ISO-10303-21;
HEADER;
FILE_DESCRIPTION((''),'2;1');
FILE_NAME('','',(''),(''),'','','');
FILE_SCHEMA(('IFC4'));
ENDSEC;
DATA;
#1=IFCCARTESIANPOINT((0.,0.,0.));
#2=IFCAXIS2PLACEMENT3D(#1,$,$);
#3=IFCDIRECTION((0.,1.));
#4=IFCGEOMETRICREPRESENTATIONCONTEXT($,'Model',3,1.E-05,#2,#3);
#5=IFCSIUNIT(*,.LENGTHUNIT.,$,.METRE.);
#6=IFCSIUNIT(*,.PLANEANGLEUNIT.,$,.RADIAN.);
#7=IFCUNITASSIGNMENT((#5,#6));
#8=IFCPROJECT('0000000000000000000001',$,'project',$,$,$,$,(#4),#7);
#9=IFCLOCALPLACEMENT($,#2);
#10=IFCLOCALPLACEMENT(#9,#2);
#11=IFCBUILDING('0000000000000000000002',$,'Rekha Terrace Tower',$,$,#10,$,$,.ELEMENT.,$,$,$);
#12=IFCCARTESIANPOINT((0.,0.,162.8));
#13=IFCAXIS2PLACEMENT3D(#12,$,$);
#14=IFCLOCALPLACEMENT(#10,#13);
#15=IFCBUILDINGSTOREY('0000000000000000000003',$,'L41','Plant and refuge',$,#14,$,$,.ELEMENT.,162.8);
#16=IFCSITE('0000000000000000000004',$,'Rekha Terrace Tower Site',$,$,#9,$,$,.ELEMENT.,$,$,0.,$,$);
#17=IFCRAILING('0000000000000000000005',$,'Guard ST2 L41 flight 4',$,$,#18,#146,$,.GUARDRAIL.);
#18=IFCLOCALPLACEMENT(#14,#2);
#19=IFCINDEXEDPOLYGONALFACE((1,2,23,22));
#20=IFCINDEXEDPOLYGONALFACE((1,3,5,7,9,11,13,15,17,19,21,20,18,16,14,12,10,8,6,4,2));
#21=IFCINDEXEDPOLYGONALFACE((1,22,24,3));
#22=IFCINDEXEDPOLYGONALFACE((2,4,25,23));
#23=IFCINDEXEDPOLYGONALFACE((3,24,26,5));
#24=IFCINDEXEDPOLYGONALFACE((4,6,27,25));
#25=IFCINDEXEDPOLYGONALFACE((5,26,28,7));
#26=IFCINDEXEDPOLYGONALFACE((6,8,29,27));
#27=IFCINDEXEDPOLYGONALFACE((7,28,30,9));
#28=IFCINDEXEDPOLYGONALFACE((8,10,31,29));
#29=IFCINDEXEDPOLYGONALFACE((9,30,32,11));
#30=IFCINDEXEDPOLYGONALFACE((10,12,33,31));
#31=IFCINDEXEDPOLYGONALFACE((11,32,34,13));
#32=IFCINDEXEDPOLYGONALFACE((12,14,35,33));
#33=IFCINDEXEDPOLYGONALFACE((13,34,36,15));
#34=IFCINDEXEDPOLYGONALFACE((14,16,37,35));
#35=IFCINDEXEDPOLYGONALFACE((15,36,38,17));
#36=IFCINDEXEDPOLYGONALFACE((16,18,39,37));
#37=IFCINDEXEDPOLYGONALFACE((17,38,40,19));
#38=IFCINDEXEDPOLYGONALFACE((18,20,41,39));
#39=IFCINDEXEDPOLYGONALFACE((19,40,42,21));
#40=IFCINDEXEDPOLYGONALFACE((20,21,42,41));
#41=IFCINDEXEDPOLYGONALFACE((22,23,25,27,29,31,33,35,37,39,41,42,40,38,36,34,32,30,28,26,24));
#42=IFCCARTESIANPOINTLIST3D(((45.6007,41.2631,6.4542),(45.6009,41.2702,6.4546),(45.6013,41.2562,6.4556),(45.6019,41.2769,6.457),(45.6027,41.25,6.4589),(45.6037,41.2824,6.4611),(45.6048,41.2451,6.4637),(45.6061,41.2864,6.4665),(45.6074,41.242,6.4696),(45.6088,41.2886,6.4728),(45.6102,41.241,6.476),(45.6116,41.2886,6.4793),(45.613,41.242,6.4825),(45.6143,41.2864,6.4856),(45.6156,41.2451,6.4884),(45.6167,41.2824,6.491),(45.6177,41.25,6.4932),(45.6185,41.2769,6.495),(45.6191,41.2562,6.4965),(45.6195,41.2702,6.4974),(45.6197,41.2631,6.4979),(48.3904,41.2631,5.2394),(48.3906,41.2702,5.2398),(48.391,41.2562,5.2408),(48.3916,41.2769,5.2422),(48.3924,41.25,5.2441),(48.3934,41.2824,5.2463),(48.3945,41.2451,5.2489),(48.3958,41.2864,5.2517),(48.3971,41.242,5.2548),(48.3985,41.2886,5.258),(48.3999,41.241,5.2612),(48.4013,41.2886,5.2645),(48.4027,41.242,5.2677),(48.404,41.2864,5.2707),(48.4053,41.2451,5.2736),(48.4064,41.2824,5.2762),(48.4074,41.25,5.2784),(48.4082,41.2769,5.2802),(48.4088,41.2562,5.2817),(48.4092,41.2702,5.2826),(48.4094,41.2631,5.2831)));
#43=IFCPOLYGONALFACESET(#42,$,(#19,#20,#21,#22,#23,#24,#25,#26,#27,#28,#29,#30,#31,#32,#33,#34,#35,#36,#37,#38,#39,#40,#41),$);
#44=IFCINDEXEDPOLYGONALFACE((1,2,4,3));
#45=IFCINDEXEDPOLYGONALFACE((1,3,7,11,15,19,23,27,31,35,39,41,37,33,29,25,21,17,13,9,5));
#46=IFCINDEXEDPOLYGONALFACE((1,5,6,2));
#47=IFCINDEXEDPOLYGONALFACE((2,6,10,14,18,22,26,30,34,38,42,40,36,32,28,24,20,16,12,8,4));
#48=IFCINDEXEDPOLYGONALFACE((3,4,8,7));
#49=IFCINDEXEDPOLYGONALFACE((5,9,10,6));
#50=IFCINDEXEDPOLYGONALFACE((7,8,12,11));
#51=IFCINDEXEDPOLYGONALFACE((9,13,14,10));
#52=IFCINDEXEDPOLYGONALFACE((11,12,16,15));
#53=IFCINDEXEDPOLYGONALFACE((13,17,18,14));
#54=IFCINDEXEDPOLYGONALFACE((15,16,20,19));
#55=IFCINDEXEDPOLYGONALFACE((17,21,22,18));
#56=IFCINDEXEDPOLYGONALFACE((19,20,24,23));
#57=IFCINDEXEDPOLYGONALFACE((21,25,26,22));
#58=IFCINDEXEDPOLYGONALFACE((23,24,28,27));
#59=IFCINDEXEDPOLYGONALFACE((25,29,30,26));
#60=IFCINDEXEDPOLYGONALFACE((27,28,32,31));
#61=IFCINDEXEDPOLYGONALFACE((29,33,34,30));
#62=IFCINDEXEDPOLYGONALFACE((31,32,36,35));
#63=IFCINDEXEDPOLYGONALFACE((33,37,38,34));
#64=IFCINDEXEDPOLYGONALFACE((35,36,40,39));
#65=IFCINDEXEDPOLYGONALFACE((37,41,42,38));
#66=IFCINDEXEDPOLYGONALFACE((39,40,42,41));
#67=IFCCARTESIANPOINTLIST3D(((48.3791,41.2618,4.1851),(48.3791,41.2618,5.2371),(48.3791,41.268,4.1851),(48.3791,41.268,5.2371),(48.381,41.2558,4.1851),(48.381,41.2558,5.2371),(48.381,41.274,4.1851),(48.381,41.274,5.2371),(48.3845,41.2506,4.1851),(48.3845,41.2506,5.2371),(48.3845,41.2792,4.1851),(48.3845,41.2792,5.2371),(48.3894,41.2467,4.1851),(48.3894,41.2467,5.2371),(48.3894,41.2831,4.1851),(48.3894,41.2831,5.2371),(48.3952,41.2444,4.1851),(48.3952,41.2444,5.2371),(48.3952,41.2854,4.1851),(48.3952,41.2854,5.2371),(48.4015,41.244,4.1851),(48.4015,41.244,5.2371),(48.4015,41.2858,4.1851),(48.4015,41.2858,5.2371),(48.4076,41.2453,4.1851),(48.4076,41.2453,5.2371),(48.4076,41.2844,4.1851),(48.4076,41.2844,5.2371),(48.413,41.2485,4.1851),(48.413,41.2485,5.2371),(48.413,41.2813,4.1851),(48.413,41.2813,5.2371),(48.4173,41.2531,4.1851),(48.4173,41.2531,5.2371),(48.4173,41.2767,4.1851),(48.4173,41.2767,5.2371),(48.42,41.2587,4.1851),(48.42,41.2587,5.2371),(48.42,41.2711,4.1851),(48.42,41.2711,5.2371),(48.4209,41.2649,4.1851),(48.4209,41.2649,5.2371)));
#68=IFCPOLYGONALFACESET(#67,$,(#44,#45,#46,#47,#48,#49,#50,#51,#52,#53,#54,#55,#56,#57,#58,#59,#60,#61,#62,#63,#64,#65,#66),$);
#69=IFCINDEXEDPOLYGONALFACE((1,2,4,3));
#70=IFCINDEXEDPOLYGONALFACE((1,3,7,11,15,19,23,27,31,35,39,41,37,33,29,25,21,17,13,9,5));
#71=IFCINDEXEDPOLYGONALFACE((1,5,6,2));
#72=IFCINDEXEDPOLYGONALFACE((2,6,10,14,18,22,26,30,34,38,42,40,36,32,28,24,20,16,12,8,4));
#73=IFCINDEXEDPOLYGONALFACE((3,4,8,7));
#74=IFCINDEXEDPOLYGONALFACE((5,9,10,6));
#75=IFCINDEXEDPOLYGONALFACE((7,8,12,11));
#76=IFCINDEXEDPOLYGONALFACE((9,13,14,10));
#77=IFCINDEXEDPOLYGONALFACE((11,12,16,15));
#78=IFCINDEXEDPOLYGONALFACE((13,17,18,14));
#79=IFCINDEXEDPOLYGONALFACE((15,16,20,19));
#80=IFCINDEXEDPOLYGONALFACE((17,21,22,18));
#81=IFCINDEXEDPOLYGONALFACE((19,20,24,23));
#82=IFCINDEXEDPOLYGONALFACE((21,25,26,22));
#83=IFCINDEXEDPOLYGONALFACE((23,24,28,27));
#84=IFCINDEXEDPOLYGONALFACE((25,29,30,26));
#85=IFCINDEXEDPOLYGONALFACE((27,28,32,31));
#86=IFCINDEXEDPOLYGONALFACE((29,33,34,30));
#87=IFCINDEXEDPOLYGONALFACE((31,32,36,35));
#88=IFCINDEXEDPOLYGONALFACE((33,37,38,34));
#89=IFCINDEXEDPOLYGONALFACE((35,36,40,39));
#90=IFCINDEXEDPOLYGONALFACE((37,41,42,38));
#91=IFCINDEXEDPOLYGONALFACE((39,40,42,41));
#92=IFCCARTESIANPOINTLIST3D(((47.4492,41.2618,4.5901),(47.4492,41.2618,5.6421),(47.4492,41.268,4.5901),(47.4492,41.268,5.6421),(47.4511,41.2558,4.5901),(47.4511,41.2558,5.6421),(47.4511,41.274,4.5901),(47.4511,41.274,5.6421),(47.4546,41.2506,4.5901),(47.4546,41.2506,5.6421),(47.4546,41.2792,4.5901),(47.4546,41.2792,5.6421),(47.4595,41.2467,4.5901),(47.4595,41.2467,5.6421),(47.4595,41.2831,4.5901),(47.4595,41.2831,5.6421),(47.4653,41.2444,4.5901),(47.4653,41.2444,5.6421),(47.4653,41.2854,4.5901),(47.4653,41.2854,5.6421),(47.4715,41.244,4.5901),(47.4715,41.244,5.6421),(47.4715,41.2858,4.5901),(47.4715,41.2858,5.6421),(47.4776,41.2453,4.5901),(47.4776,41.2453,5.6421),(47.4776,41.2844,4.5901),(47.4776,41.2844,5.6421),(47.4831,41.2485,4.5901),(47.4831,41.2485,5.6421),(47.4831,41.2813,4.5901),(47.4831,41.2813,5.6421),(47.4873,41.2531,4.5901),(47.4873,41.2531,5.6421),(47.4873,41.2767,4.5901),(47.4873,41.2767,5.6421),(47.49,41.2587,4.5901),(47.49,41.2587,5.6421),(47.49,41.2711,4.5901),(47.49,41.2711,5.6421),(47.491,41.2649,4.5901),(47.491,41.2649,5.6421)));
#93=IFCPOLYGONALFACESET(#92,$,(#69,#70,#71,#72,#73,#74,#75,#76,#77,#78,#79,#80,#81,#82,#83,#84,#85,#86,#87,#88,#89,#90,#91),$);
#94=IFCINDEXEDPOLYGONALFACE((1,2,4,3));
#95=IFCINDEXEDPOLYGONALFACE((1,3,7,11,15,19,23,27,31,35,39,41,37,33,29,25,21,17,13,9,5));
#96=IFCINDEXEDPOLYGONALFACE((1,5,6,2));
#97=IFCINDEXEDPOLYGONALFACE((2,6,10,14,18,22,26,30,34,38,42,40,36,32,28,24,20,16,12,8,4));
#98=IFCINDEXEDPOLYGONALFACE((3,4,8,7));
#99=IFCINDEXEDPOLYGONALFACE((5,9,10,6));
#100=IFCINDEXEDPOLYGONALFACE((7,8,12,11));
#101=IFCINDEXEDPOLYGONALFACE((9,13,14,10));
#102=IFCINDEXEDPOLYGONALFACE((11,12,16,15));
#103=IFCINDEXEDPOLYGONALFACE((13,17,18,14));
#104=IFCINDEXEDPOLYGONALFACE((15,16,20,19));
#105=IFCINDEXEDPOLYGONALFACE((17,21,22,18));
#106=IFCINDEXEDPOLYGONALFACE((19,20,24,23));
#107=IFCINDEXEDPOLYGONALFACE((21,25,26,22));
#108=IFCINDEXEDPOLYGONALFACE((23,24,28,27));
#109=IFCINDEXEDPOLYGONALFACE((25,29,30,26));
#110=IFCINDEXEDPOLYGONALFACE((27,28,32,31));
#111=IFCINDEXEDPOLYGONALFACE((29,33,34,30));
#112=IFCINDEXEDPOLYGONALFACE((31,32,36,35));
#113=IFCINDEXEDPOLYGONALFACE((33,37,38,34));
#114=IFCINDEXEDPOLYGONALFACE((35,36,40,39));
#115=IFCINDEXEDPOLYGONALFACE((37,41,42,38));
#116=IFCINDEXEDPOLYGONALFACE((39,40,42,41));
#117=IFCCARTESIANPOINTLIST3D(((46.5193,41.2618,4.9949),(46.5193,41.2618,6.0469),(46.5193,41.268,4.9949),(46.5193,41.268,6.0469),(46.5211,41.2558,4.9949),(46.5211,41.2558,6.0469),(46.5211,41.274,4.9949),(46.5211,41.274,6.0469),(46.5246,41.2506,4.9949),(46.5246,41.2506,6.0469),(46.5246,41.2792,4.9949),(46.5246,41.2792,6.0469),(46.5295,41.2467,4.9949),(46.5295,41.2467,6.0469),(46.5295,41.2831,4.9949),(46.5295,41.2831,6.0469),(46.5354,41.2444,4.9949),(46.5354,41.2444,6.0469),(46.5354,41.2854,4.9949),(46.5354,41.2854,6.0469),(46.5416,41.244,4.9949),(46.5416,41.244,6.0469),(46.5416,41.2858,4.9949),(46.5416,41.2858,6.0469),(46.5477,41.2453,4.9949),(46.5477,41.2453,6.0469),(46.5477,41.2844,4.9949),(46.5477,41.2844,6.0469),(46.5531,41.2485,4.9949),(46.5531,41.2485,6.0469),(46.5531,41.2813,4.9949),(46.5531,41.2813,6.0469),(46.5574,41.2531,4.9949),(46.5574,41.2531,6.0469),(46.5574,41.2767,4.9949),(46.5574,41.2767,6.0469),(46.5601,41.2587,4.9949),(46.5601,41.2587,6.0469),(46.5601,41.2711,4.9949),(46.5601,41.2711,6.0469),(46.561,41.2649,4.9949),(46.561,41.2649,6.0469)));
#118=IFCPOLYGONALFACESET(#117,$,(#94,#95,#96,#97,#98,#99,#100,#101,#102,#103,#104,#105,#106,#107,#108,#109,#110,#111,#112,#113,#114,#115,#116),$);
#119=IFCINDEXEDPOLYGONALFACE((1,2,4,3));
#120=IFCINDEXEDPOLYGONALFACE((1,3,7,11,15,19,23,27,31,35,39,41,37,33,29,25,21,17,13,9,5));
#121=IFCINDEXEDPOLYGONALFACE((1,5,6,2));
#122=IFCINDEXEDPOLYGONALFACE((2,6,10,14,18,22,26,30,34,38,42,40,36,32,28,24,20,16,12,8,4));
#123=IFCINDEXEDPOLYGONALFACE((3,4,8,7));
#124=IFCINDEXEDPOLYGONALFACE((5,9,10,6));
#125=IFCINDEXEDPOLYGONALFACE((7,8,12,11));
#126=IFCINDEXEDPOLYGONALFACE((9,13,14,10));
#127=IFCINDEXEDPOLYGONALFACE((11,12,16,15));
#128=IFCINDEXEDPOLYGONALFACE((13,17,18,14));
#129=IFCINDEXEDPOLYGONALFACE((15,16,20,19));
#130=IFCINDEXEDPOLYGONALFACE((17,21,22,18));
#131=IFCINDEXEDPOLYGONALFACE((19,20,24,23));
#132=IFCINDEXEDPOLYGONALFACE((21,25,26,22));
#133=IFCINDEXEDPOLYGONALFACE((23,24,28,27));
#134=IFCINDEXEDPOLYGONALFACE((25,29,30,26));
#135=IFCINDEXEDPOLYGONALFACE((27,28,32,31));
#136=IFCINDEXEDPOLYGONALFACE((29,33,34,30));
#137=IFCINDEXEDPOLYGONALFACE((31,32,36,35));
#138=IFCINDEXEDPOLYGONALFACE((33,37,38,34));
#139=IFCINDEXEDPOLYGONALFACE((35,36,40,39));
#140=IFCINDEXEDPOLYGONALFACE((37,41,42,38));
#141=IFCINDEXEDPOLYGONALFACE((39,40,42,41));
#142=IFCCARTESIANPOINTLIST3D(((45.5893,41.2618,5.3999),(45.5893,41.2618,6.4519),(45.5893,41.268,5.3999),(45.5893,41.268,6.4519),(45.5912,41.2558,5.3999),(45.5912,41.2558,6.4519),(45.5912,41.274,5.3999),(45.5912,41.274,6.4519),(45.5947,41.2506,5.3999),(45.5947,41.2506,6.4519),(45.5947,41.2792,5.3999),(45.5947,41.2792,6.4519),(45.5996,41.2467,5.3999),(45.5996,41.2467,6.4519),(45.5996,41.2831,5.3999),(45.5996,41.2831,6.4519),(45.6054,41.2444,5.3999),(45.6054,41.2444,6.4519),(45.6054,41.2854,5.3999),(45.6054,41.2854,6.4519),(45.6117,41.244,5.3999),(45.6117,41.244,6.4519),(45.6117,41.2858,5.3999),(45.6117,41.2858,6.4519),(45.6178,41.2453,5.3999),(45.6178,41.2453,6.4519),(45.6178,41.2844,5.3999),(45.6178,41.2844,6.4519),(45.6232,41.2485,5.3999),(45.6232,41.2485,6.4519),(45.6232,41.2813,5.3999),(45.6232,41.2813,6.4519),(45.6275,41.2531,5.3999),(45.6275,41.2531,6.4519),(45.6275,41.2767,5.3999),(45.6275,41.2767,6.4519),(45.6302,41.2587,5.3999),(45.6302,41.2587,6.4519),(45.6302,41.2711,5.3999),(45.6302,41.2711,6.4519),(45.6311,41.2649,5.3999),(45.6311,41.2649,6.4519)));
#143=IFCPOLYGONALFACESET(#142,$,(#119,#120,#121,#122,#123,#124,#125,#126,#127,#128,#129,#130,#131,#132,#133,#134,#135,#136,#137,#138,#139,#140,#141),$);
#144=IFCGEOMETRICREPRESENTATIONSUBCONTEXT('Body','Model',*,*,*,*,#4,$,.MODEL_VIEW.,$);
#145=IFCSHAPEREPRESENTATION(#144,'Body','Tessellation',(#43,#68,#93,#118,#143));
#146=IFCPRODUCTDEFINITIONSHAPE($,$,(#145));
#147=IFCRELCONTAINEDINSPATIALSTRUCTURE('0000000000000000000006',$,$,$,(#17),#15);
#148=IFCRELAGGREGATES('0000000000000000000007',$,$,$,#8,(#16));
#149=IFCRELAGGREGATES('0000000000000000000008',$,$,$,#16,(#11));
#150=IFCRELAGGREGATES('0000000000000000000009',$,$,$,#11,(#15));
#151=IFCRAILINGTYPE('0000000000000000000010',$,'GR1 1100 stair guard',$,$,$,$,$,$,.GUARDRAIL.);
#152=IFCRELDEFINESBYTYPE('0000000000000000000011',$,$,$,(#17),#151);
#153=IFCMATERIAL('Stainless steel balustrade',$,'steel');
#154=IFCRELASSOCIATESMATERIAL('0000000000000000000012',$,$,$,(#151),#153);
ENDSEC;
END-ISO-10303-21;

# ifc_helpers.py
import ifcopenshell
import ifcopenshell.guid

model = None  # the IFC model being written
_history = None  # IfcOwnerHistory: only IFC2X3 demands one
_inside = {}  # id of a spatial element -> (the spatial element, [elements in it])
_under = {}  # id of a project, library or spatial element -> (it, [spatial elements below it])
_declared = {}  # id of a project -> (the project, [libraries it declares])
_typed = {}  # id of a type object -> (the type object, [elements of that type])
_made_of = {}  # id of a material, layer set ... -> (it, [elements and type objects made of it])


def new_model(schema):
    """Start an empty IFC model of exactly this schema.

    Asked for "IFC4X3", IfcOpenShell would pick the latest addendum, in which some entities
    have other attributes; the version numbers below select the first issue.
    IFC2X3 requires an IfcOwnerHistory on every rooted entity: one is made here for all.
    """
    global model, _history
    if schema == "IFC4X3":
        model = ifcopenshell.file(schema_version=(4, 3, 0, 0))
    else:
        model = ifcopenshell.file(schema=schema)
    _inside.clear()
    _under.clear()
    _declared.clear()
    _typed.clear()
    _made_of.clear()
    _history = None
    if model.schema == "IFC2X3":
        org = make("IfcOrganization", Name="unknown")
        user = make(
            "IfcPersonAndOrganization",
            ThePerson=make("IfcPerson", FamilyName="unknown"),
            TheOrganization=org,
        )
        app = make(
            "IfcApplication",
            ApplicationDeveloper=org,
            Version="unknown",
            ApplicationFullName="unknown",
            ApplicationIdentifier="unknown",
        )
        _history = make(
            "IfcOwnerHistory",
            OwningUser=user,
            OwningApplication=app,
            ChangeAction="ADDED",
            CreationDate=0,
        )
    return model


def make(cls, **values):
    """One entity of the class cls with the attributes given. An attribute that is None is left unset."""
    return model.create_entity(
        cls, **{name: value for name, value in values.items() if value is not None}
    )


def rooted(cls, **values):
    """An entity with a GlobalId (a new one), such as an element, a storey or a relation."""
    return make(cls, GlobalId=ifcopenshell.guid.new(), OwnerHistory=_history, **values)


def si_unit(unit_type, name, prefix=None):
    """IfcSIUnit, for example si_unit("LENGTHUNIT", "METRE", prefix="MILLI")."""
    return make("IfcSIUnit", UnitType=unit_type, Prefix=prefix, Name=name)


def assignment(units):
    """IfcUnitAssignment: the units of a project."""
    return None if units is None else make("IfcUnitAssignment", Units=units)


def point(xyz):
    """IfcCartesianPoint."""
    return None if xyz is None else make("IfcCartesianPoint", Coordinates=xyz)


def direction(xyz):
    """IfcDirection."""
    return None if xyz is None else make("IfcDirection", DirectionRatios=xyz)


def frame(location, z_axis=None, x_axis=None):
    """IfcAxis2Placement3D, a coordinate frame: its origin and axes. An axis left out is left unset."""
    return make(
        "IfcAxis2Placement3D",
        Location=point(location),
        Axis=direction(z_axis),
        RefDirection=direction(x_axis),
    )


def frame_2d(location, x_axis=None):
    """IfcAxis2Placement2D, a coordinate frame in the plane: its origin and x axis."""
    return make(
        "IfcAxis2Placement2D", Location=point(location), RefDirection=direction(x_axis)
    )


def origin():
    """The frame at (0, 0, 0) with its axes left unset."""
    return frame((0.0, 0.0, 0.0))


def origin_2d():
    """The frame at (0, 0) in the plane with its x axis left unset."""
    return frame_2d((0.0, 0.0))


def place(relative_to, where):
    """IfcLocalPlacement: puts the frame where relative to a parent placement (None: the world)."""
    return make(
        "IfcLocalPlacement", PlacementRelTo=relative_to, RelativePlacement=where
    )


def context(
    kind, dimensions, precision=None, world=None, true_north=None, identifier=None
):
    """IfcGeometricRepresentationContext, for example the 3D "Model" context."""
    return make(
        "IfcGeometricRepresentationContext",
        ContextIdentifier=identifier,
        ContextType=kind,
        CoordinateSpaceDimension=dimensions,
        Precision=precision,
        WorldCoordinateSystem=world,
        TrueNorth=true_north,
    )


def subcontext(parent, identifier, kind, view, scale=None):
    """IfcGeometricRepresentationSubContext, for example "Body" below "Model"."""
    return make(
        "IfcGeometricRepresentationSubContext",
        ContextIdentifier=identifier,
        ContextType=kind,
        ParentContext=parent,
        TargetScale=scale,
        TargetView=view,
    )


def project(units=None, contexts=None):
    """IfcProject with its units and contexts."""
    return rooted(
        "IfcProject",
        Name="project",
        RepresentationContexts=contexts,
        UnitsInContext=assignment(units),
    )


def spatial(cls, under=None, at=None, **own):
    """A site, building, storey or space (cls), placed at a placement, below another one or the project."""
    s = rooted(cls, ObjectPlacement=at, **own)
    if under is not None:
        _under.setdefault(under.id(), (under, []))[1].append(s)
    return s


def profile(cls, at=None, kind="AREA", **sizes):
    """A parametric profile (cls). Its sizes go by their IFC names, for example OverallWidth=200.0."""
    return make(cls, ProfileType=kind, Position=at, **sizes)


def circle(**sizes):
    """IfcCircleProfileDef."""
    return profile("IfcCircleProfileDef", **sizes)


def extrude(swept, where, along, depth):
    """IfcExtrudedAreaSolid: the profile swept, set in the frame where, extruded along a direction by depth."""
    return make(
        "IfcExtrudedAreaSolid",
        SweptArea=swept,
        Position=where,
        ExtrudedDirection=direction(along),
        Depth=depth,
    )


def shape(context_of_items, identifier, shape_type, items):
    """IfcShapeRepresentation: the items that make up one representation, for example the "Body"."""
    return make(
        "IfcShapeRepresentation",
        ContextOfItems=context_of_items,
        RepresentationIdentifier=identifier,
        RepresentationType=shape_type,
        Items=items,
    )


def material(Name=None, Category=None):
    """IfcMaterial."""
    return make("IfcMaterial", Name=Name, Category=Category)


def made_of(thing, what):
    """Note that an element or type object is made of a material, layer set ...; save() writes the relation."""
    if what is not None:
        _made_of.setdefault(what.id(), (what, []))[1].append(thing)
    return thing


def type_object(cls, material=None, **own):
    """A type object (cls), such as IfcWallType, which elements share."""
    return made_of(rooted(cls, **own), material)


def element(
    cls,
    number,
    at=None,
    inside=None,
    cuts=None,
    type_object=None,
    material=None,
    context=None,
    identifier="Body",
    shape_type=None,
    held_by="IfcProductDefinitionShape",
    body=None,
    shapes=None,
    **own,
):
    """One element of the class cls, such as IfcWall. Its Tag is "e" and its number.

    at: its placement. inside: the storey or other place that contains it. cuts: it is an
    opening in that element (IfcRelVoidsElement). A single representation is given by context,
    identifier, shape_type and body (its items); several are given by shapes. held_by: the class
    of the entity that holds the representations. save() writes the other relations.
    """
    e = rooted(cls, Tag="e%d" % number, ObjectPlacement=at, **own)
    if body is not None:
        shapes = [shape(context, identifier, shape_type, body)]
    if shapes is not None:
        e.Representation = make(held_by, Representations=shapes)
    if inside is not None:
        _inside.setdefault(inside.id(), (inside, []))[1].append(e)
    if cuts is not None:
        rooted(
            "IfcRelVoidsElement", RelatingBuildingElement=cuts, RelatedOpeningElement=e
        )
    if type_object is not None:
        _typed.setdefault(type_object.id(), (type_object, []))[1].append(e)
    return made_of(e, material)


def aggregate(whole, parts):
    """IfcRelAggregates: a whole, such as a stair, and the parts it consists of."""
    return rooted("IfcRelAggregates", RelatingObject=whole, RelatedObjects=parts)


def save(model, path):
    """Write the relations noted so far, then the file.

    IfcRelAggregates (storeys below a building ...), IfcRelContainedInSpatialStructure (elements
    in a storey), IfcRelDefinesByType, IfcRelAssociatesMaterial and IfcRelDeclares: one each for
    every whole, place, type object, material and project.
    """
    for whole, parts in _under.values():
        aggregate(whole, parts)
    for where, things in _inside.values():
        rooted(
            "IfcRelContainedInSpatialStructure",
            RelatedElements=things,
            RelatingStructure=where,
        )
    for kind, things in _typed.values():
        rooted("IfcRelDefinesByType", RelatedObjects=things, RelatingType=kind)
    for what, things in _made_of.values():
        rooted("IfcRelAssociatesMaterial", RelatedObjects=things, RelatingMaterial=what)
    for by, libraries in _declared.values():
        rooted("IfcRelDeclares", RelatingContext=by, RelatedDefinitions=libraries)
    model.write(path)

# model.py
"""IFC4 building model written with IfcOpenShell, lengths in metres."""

from ifc_helpers import new_model, si_unit, direction, frame, origin, origin_2d, place, context, subcontext, project, spatial, circle, extrude, material, type_object, element, save


model = new_model("IFC4")

# Units and contexts
model_context = context("Model", 3, precision=1e-05, world=origin(), true_north=direction((0.0, 1.0)))
body_context = subcontext(model_context, "Body", "Model", "MODEL_VIEW")
ifc_project = project(units=[si_unit("LENGTHUNIT", "METRE"), si_unit("PLANEANGLEUNIT", "RADIAN")], contexts=[model_context])

# Site, building, storey
site_placement = place(None, origin())
site = spatial("IfcSite", under=ifc_project, at=site_placement, Name="Rekha Terrace Tower Site", CompositionType="ELEMENT", RefElevation=0.0)
building_placement = place(site_placement, origin())
building = spatial("IfcBuilding", under=site, at=building_placement, Name="Rekha Terrace Tower", CompositionType="ELEMENT")
storey_placement = place(building_placement, frame((0.0, 0.0, 162.8)))
storey = spatial("IfcBuildingStorey", under=building, at=storey_placement, Name="L41", Description="Plant and refuge", CompositionType="ELEMENT", Elevation=162.8)

# Railing
ifc_material_1 = material(Name="Stainless steel balustrade", Category="steel")
railing_type_1 = type_object("IfcRailingType", Name="GR1 1100 stair guard", PredefinedType="GUARDRAIL", material=ifc_material_1)
railing_1_placement = place(storey_placement, frame((48.3999, 41.2649, 4.1851)))
element("IfcRailing", 1, at=railing_1_placement, inside=storey, type_object=railing_type_1, Name="Guard ST2 L41 flight 4", PredefinedType="GUARDRAIL", context=body_context, shape_type="SweptSolid", body=[
    extrude(circle(Radius=0.0239, at=origin_2d()), frame((0.0, 0.0, 1.0762), z_axis=(-0.916843, 0.0, 0.399248), x_axis=(0.0, -1.0, 0.0)), (0.0, 0.0, 1.0), 3.0427),
    extrude(circle(Radius=0.021, at=origin_2d()), origin(), (0.0, 0.0, 1.0), 1.052),
    extrude(circle(Radius=0.021, at=origin_2d()), frame((-0.9299, 0.0, 0.405)), (0.0, 0.0, 1.0), 1.052),
    extrude(circle(Radius=0.021, at=origin_2d()), frame((-1.8599, 0.0, 0.8098)), (0.0, 0.0, 1.0), 1.052),
    extrude(circle(Radius=0.021, at=origin_2d()), frame((-2.7898, 0.0, 1.2148)), (0.0, 0.0, 1.0), 1.052),
])

save(model, "model.ifc")
